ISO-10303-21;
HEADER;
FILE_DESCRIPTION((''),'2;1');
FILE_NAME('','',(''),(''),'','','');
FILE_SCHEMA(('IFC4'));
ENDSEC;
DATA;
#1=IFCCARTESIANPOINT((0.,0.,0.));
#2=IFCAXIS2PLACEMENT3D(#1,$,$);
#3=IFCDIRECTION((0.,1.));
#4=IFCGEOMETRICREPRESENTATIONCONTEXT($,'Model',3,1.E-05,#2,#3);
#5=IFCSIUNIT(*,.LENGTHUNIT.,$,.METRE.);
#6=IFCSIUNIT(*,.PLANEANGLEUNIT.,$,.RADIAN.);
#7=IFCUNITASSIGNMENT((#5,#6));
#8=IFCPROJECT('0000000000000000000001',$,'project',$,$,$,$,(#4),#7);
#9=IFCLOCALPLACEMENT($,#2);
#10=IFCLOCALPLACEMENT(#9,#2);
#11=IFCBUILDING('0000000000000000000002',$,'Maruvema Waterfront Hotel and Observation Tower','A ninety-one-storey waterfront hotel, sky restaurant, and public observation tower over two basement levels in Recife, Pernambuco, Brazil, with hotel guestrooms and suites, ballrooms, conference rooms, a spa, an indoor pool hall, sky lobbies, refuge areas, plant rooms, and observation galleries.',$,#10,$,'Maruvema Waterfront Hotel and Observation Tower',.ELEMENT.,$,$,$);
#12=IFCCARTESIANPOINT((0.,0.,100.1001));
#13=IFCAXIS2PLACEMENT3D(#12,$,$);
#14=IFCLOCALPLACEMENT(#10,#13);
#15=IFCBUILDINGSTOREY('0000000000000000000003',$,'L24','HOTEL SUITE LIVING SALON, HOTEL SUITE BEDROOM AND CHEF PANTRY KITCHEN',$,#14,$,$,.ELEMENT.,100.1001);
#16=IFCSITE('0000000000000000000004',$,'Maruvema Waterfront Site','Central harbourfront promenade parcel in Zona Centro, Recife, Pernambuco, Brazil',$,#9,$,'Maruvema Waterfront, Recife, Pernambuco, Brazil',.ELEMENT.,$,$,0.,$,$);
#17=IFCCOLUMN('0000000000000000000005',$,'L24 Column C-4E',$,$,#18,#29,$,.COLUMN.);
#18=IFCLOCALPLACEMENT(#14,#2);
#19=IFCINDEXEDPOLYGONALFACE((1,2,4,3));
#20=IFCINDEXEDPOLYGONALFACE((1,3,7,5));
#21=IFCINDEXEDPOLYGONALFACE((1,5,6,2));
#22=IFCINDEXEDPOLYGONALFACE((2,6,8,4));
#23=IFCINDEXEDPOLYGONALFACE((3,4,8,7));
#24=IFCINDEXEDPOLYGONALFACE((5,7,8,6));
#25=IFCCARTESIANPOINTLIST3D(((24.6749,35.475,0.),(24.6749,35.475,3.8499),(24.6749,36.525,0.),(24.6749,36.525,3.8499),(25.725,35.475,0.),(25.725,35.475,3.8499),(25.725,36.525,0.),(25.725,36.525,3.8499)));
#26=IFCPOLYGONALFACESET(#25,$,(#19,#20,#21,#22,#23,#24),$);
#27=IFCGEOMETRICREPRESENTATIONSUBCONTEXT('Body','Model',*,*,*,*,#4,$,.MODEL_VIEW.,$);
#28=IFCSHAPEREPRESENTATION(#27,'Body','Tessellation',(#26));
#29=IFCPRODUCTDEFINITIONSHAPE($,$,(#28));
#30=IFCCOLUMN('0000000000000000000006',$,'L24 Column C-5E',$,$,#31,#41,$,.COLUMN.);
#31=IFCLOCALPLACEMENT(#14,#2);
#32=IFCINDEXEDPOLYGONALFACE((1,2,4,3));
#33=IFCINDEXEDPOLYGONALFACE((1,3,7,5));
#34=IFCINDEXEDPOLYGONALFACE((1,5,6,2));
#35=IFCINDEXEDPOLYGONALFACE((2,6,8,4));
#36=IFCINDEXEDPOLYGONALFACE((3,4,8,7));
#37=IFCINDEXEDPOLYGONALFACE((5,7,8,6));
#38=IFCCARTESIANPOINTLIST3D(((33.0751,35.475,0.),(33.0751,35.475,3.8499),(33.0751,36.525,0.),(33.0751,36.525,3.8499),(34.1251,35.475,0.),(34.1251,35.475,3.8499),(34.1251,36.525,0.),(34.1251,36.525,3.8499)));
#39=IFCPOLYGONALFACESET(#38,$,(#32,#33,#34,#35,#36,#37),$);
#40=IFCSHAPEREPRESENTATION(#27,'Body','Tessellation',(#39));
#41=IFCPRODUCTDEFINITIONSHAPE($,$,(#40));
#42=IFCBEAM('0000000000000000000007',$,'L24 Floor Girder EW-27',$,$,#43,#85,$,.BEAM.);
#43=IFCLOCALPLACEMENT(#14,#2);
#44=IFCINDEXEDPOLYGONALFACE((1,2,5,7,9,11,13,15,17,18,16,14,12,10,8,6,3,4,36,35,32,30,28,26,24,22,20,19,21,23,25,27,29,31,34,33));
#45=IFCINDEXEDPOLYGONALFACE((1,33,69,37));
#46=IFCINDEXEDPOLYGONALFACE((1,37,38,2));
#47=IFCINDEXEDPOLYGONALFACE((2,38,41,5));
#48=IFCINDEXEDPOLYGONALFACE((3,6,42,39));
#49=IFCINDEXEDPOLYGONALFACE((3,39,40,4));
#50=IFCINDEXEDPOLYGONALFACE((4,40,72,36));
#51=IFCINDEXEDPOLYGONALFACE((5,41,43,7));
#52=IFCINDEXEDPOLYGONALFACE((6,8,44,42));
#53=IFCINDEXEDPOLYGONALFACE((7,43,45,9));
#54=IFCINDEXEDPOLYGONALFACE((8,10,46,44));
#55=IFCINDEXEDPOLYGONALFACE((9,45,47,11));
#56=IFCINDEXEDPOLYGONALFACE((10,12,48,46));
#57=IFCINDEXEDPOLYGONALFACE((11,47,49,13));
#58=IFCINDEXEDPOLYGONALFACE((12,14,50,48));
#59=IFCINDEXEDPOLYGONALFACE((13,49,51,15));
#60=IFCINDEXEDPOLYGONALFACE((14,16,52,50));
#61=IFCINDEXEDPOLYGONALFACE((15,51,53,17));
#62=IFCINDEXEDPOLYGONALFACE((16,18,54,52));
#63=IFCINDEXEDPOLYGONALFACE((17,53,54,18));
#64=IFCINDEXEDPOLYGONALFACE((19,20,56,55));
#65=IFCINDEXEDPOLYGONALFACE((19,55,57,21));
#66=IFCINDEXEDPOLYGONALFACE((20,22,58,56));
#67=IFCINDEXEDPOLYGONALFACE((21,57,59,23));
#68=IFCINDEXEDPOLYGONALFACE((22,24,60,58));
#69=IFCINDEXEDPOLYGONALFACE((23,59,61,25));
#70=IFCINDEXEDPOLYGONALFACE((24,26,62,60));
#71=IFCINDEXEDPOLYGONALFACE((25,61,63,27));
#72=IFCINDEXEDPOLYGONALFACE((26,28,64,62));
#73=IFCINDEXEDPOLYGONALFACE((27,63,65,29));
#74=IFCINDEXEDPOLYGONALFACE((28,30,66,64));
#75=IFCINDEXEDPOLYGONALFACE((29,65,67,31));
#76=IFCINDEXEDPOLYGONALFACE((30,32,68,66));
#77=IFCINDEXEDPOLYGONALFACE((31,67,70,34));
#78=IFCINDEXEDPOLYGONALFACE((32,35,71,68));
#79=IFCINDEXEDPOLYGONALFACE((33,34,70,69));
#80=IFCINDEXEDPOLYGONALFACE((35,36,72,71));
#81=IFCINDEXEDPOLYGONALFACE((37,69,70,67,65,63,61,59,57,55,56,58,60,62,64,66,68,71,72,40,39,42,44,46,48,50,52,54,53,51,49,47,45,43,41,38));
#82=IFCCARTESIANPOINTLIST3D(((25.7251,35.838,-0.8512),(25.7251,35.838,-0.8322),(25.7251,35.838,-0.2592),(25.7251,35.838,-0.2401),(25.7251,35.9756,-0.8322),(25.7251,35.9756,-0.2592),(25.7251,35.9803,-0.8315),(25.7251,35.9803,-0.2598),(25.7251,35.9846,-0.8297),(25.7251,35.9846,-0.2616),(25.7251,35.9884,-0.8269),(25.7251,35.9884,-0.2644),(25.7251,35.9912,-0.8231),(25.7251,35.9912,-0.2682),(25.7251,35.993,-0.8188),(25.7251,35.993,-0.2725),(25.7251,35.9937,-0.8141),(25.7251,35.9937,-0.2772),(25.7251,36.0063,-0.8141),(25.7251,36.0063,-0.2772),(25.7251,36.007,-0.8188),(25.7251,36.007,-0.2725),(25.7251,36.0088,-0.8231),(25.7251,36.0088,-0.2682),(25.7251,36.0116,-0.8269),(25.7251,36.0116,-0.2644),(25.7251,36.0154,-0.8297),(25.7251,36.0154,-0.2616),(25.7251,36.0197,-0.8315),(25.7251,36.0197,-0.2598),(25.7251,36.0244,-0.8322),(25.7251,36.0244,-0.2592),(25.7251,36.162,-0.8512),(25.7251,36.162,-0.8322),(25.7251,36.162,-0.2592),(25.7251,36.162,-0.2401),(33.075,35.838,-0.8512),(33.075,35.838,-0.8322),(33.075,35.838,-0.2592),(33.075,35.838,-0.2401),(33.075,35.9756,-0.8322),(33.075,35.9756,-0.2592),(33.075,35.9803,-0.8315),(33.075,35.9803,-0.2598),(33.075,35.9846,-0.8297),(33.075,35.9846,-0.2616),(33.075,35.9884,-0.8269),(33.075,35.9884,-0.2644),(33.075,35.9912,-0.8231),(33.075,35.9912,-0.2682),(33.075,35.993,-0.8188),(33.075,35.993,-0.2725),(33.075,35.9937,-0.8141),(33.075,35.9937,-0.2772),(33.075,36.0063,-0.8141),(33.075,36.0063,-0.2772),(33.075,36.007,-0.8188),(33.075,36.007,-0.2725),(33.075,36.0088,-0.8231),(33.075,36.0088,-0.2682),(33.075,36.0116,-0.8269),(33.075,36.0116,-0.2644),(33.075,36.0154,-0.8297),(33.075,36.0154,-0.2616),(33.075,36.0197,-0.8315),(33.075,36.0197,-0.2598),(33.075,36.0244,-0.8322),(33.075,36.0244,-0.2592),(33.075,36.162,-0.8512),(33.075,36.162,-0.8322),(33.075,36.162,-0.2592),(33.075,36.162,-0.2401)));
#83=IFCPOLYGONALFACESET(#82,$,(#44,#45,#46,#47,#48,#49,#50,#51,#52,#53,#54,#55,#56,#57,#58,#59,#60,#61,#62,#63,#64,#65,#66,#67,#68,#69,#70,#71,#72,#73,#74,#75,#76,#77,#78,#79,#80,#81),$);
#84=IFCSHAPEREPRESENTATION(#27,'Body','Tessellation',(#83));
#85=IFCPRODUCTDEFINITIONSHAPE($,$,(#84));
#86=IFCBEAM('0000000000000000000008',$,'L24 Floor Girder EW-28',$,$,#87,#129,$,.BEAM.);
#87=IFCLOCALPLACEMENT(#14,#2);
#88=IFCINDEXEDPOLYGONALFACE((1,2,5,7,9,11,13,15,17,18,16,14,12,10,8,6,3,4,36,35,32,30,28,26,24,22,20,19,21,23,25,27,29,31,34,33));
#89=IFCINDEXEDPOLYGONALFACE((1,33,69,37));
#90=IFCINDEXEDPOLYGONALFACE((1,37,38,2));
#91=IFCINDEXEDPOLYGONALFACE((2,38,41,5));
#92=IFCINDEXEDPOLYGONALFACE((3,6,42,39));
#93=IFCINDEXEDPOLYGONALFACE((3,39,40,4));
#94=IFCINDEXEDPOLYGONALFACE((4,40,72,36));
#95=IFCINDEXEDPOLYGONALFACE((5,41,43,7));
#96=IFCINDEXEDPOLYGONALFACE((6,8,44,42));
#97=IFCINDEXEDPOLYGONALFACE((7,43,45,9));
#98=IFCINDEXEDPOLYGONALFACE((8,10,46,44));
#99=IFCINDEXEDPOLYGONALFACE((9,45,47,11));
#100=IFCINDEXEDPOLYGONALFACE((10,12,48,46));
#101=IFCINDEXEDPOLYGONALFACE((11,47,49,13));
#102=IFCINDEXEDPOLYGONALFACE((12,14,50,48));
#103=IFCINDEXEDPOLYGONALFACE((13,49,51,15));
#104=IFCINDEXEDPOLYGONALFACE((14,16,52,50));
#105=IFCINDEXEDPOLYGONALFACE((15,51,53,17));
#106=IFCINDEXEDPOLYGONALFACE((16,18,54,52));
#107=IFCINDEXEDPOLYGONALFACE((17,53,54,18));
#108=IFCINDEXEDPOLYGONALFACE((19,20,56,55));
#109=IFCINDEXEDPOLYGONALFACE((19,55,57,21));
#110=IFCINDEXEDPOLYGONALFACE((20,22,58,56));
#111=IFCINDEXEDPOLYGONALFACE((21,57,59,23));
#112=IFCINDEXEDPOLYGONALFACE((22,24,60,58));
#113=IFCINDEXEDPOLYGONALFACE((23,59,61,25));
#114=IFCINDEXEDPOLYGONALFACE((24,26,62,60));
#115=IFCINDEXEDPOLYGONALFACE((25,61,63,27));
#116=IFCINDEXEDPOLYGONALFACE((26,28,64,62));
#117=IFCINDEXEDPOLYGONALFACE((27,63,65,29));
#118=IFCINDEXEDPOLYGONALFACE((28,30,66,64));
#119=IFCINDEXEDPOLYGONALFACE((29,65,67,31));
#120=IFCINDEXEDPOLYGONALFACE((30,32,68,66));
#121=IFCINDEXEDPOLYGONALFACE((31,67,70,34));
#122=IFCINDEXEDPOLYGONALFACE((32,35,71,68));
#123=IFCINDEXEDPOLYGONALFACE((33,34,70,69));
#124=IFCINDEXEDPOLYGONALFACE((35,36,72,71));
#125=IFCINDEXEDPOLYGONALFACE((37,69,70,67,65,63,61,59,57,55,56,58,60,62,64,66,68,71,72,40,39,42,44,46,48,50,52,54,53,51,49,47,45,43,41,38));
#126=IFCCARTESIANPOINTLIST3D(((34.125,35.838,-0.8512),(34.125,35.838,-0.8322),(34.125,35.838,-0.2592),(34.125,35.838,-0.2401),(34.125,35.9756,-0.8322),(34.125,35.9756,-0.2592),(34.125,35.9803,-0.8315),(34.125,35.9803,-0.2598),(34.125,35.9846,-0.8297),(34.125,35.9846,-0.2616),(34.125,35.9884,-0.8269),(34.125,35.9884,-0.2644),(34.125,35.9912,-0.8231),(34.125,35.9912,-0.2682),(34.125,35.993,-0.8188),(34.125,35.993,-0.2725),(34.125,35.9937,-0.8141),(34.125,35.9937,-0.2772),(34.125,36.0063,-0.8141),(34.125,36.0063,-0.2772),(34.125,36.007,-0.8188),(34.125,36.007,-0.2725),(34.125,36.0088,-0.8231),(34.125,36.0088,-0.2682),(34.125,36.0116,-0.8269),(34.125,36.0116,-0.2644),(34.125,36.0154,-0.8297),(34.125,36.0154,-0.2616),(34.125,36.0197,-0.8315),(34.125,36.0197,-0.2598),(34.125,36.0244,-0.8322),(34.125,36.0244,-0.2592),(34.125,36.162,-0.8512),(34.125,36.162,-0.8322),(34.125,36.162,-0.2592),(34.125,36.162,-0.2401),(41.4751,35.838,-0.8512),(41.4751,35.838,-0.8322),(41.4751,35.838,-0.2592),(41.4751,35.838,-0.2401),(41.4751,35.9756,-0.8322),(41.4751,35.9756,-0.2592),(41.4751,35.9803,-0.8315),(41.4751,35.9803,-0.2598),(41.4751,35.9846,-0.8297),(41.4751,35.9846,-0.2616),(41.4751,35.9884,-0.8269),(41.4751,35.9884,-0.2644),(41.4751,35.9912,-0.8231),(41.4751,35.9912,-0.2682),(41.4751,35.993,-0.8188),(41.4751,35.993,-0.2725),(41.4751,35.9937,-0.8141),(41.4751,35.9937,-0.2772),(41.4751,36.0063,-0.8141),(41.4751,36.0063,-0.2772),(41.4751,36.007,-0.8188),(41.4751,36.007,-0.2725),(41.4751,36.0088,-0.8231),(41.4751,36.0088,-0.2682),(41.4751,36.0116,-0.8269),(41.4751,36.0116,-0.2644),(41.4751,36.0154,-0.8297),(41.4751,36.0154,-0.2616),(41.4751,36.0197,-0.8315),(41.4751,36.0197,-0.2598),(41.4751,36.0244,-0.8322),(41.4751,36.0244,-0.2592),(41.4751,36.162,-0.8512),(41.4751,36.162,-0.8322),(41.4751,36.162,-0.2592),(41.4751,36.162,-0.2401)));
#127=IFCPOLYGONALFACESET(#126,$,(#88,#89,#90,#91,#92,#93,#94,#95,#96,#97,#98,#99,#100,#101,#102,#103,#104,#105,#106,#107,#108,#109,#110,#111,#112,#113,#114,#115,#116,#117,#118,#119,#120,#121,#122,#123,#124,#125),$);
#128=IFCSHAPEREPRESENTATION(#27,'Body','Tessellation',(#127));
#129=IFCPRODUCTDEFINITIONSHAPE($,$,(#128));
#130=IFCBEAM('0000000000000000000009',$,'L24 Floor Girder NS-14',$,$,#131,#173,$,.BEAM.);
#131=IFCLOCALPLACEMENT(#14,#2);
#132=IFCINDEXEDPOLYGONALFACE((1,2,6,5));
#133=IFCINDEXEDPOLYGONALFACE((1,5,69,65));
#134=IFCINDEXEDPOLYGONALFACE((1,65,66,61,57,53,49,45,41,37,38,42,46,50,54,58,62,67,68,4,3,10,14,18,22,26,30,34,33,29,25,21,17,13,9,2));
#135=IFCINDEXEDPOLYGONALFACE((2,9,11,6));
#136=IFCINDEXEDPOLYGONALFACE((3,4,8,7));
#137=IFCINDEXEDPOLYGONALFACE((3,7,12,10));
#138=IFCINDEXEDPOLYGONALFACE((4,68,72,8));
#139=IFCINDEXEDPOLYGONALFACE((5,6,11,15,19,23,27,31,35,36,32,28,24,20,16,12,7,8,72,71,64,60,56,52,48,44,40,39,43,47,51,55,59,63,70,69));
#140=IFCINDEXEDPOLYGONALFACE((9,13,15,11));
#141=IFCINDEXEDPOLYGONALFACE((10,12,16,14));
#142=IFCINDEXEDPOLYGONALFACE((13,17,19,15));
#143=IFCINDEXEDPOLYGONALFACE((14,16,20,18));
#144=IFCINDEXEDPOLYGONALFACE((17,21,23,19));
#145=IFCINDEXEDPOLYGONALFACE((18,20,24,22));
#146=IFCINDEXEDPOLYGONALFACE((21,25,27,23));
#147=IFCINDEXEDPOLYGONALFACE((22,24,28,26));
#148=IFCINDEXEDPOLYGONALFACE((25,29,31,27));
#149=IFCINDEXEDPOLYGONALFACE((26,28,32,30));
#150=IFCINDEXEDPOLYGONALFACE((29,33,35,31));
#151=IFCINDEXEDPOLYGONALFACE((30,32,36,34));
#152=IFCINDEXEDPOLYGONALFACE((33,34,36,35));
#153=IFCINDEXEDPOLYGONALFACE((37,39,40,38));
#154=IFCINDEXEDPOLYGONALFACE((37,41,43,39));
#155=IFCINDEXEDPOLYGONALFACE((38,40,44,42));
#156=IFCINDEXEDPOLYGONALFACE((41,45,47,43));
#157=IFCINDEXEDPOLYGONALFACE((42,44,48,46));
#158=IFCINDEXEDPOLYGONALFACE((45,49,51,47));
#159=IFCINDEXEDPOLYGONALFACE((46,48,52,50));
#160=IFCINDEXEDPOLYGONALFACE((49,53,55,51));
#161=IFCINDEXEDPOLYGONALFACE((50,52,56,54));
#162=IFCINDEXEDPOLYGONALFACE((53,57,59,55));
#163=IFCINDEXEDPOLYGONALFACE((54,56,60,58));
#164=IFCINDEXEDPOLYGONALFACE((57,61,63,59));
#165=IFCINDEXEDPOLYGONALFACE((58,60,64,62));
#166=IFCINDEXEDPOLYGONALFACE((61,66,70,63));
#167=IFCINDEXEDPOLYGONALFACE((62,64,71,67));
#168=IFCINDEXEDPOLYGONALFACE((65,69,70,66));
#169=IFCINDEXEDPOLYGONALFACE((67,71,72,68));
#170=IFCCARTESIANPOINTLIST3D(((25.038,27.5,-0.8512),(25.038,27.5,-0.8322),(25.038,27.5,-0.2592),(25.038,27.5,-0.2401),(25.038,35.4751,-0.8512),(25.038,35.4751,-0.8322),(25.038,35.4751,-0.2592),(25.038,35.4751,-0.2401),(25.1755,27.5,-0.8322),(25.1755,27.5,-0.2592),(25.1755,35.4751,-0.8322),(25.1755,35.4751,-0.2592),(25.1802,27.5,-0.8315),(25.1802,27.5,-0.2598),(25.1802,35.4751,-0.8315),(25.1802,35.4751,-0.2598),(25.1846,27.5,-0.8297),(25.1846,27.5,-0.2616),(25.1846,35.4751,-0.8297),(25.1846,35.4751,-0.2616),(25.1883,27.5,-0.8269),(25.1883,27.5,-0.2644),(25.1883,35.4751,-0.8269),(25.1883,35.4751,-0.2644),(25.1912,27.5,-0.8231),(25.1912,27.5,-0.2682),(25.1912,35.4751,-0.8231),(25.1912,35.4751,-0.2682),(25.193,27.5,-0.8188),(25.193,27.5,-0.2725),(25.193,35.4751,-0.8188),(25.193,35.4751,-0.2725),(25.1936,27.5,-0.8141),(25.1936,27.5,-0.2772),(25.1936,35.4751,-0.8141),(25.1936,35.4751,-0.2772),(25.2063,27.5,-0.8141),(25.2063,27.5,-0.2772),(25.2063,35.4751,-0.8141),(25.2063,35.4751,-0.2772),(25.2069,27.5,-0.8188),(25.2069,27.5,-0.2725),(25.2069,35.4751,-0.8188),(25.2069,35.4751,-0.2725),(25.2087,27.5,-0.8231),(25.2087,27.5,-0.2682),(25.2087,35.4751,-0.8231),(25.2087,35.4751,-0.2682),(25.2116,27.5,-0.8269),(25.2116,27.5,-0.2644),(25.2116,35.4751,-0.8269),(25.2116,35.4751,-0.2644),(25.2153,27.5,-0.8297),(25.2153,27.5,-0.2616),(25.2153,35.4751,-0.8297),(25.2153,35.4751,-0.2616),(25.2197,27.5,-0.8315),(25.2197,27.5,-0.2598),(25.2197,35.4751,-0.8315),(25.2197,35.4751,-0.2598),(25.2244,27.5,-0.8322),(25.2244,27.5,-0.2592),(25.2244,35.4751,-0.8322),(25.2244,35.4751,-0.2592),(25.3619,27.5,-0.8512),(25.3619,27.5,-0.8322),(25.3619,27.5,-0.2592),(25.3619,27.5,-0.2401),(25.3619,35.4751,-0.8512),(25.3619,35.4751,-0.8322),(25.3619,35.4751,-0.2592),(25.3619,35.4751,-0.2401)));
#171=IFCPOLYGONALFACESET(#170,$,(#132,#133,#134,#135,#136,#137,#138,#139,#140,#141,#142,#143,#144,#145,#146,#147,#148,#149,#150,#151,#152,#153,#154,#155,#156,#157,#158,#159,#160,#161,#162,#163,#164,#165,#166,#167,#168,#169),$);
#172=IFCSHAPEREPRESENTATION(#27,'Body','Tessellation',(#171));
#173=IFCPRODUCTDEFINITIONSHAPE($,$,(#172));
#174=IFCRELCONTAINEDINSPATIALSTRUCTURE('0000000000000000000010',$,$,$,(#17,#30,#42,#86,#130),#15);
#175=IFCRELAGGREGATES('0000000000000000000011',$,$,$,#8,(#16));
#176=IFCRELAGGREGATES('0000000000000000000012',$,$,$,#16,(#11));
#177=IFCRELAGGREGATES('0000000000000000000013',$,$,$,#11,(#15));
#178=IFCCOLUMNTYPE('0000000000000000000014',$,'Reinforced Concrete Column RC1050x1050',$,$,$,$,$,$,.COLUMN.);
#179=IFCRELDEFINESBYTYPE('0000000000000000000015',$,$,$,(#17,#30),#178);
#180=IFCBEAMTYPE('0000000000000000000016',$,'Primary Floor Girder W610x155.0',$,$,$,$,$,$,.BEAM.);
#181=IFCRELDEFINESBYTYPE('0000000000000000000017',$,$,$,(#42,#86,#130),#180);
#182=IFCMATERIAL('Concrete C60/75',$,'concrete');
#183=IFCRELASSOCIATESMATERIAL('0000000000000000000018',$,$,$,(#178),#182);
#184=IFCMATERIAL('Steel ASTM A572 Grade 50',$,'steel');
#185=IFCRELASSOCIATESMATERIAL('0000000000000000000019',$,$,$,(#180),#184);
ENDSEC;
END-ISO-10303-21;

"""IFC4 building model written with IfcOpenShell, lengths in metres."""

from ifc_helpers import new_model, si_unit, direction, frame, origin, origin_2d, place, context, subcontext, project, spatial, rectangle, i_section, extrude, material, material_profile, profile_set, type_object, element, save


model = new_model("IFC4")

# Units and contexts
model_context = context("Model", 3, precision=1e-05, world=origin(), true_north=direction((0.0, 1.0)))
body_context = subcontext(model_context, "Body", "Model", "MODEL_VIEW")
ifc_project = project(units=[si_unit("LENGTHUNIT", "METRE"), si_unit("PLANEANGLEUNIT", "RADIAN")], contexts=[model_context])

# Site, building, storey
site_placement = place(None, origin())
site = spatial("IfcSite", under=ifc_project, at=site_placement, Name="Maruvema Waterfront Site", Description="Central harbourfront promenade parcel in Zona Centro, Recife, Pernambuco, Brazil", LongName="Maruvema Waterfront, Recife, Pernambuco, Brazil", CompositionType="ELEMENT", RefElevation=0.0)
building_placement = place(site_placement, origin())
building = spatial("IfcBuilding", under=site, at=building_placement, Name="Maruvema Waterfront Hotel and Observation Tower", Description="A ninety-one-storey waterfront hotel, sky restaurant, and public observation tower over two basement levels in Recife, Pernambuco, Brazil, with hotel guestrooms and suites, ballrooms, conference rooms, a spa, an indoor pool hall, sky lobbies, refuge areas, plant rooms, and observation galleries.", LongName="Maruvema Waterfront Hotel and Observation Tower", CompositionType="ELEMENT")
storey_placement = place(building_placement, frame((0.0, 0.0, 100.1001)))
storey = spatial("IfcBuildingStorey", under=building, at=storey_placement, Name="L24", Description="HOTEL SUITE LIVING SALON, HOTEL SUITE BEDROOM AND CHEF PANTRY KITCHEN", CompositionType="ELEMENT", Elevation=100.1001)

# Columns
ifc_material_1 = material(Name="Concrete C60/75", Category="concrete")
ifc_material_profile_1 = material_profile(ifc_material_1, rectangle(XDim=1.05, YDim=1.05, at=origin_2d()), Name="RC1050x1050")
ifc_profile_set_1 = profile_set([ifc_material_profile_1], Name="Concrete C60/75")
column_type = type_object("IfcColumnType", Name="Reinforced Concrete Column RC1050x1050", PredefinedType="COLUMN", material=ifc_profile_set_1)
for number, where, z_axis, x_axis, name in (
    (1, (25.2, 36.0, 0.0), (0.0, 0.0, 1.0), (1.0, 0.0, 0.0), "L24 Column C-4E"),
    (2, (33.6001, 36.0, 0.0), (0.0, 0.0, 1.0), (1.0, 0.0, 0.0), "L24 Column C-5E"),
):
    element("IfcColumn", number, at=place(storey_placement, frame(where, z_axis=z_axis, x_axis=x_axis)), inside=storey, type_object=column_type, Name=name, PredefinedType="COLUMN", context=body_context, shape_type="SweptSolid", body=[
        extrude(rectangle(XDim=1.05, YDim=1.05, at=origin_2d()), origin(), (0.0, 0.0, 1.0), 3.8499),
    ])

# Beams
ifc_material_2 = material(Name="Steel ASTM A572 Grade 50", Category="steel")
ifc_material_profile_2 = material_profile(ifc_material_2, i_section(OverallWidth=0.324, OverallDepth=0.6111, WebThickness=0.0127, FlangeThickness=0.019, FilletRadius=0.0181, at=origin_2d()), Name="W610x155.0")
ifc_profile_set_2 = profile_set([ifc_material_profile_2], Name="Steel ASTM A572 Grade 50")
beam_type_1 = type_object("IfcBeamType", Name="Primary Floor Girder W610x155.0", PredefinedType="BEAM", material=ifc_profile_set_2)
beam_1_placement = place(storey_placement, frame((25.7251, 36.0, -0.5457), z_axis=(1.0, 0.0, 0.0), x_axis=(0.0, 1.0, 0.0)))
element("IfcBeam", 3, at=beam_1_placement, inside=storey, type_object=beam_type_1, Name="L24 Floor Girder EW-27", PredefinedType="BEAM", context=body_context, shape_type="SweptSolid", body=[
    extrude(i_section(OverallWidth=0.324, OverallDepth=0.6111, WebThickness=0.0127, FlangeThickness=0.019, FilletRadius=0.0181, at=origin_2d()), origin(), (0.0, 0.0, 1.0), 7.3499),
])
beam_2_placement = place(storey_placement, frame((34.125, 36.0, -0.5457), z_axis=(1.0, 0.0, 0.0), x_axis=(0.0, 1.0, 0.0)))
element("IfcBeam", 4, at=beam_2_placement, inside=storey, type_object=beam_type_1, Name="L24 Floor Girder EW-28", PredefinedType="BEAM", context=body_context, shape_type="SweptSolid", body=[
    extrude(i_section(OverallWidth=0.324, OverallDepth=0.6111, WebThickness=0.0127, FlangeThickness=0.019, FilletRadius=0.0181, at=origin_2d()), origin(), (0.0, 0.0, 1.0), 7.3501),
])
for number, where, z_axis, x_axis, name in (
    (5, (25.2, 27.5, -0.5457), (0.0, 1.0, 0.0), (-1.0, 0.0, 0.0), "L24 Floor Girder NS-14"),
):
    element("IfcBeam", number, at=place(storey_placement, frame(where, z_axis=z_axis, x_axis=x_axis)), inside=storey, type_object=beam_type_1, Name=name, PredefinedType="BEAM", context=body_context, shape_type="SweptSolid", body=[
        extrude(i_section(OverallWidth=0.324, OverallDepth=0.6111, WebThickness=0.0127, FlangeThickness=0.019, FilletRadius=0.0181, at=origin_2d()), origin(), (0.0, 0.0, 1.0), 7.9751),
    ])

save(model, "model.ifc")
